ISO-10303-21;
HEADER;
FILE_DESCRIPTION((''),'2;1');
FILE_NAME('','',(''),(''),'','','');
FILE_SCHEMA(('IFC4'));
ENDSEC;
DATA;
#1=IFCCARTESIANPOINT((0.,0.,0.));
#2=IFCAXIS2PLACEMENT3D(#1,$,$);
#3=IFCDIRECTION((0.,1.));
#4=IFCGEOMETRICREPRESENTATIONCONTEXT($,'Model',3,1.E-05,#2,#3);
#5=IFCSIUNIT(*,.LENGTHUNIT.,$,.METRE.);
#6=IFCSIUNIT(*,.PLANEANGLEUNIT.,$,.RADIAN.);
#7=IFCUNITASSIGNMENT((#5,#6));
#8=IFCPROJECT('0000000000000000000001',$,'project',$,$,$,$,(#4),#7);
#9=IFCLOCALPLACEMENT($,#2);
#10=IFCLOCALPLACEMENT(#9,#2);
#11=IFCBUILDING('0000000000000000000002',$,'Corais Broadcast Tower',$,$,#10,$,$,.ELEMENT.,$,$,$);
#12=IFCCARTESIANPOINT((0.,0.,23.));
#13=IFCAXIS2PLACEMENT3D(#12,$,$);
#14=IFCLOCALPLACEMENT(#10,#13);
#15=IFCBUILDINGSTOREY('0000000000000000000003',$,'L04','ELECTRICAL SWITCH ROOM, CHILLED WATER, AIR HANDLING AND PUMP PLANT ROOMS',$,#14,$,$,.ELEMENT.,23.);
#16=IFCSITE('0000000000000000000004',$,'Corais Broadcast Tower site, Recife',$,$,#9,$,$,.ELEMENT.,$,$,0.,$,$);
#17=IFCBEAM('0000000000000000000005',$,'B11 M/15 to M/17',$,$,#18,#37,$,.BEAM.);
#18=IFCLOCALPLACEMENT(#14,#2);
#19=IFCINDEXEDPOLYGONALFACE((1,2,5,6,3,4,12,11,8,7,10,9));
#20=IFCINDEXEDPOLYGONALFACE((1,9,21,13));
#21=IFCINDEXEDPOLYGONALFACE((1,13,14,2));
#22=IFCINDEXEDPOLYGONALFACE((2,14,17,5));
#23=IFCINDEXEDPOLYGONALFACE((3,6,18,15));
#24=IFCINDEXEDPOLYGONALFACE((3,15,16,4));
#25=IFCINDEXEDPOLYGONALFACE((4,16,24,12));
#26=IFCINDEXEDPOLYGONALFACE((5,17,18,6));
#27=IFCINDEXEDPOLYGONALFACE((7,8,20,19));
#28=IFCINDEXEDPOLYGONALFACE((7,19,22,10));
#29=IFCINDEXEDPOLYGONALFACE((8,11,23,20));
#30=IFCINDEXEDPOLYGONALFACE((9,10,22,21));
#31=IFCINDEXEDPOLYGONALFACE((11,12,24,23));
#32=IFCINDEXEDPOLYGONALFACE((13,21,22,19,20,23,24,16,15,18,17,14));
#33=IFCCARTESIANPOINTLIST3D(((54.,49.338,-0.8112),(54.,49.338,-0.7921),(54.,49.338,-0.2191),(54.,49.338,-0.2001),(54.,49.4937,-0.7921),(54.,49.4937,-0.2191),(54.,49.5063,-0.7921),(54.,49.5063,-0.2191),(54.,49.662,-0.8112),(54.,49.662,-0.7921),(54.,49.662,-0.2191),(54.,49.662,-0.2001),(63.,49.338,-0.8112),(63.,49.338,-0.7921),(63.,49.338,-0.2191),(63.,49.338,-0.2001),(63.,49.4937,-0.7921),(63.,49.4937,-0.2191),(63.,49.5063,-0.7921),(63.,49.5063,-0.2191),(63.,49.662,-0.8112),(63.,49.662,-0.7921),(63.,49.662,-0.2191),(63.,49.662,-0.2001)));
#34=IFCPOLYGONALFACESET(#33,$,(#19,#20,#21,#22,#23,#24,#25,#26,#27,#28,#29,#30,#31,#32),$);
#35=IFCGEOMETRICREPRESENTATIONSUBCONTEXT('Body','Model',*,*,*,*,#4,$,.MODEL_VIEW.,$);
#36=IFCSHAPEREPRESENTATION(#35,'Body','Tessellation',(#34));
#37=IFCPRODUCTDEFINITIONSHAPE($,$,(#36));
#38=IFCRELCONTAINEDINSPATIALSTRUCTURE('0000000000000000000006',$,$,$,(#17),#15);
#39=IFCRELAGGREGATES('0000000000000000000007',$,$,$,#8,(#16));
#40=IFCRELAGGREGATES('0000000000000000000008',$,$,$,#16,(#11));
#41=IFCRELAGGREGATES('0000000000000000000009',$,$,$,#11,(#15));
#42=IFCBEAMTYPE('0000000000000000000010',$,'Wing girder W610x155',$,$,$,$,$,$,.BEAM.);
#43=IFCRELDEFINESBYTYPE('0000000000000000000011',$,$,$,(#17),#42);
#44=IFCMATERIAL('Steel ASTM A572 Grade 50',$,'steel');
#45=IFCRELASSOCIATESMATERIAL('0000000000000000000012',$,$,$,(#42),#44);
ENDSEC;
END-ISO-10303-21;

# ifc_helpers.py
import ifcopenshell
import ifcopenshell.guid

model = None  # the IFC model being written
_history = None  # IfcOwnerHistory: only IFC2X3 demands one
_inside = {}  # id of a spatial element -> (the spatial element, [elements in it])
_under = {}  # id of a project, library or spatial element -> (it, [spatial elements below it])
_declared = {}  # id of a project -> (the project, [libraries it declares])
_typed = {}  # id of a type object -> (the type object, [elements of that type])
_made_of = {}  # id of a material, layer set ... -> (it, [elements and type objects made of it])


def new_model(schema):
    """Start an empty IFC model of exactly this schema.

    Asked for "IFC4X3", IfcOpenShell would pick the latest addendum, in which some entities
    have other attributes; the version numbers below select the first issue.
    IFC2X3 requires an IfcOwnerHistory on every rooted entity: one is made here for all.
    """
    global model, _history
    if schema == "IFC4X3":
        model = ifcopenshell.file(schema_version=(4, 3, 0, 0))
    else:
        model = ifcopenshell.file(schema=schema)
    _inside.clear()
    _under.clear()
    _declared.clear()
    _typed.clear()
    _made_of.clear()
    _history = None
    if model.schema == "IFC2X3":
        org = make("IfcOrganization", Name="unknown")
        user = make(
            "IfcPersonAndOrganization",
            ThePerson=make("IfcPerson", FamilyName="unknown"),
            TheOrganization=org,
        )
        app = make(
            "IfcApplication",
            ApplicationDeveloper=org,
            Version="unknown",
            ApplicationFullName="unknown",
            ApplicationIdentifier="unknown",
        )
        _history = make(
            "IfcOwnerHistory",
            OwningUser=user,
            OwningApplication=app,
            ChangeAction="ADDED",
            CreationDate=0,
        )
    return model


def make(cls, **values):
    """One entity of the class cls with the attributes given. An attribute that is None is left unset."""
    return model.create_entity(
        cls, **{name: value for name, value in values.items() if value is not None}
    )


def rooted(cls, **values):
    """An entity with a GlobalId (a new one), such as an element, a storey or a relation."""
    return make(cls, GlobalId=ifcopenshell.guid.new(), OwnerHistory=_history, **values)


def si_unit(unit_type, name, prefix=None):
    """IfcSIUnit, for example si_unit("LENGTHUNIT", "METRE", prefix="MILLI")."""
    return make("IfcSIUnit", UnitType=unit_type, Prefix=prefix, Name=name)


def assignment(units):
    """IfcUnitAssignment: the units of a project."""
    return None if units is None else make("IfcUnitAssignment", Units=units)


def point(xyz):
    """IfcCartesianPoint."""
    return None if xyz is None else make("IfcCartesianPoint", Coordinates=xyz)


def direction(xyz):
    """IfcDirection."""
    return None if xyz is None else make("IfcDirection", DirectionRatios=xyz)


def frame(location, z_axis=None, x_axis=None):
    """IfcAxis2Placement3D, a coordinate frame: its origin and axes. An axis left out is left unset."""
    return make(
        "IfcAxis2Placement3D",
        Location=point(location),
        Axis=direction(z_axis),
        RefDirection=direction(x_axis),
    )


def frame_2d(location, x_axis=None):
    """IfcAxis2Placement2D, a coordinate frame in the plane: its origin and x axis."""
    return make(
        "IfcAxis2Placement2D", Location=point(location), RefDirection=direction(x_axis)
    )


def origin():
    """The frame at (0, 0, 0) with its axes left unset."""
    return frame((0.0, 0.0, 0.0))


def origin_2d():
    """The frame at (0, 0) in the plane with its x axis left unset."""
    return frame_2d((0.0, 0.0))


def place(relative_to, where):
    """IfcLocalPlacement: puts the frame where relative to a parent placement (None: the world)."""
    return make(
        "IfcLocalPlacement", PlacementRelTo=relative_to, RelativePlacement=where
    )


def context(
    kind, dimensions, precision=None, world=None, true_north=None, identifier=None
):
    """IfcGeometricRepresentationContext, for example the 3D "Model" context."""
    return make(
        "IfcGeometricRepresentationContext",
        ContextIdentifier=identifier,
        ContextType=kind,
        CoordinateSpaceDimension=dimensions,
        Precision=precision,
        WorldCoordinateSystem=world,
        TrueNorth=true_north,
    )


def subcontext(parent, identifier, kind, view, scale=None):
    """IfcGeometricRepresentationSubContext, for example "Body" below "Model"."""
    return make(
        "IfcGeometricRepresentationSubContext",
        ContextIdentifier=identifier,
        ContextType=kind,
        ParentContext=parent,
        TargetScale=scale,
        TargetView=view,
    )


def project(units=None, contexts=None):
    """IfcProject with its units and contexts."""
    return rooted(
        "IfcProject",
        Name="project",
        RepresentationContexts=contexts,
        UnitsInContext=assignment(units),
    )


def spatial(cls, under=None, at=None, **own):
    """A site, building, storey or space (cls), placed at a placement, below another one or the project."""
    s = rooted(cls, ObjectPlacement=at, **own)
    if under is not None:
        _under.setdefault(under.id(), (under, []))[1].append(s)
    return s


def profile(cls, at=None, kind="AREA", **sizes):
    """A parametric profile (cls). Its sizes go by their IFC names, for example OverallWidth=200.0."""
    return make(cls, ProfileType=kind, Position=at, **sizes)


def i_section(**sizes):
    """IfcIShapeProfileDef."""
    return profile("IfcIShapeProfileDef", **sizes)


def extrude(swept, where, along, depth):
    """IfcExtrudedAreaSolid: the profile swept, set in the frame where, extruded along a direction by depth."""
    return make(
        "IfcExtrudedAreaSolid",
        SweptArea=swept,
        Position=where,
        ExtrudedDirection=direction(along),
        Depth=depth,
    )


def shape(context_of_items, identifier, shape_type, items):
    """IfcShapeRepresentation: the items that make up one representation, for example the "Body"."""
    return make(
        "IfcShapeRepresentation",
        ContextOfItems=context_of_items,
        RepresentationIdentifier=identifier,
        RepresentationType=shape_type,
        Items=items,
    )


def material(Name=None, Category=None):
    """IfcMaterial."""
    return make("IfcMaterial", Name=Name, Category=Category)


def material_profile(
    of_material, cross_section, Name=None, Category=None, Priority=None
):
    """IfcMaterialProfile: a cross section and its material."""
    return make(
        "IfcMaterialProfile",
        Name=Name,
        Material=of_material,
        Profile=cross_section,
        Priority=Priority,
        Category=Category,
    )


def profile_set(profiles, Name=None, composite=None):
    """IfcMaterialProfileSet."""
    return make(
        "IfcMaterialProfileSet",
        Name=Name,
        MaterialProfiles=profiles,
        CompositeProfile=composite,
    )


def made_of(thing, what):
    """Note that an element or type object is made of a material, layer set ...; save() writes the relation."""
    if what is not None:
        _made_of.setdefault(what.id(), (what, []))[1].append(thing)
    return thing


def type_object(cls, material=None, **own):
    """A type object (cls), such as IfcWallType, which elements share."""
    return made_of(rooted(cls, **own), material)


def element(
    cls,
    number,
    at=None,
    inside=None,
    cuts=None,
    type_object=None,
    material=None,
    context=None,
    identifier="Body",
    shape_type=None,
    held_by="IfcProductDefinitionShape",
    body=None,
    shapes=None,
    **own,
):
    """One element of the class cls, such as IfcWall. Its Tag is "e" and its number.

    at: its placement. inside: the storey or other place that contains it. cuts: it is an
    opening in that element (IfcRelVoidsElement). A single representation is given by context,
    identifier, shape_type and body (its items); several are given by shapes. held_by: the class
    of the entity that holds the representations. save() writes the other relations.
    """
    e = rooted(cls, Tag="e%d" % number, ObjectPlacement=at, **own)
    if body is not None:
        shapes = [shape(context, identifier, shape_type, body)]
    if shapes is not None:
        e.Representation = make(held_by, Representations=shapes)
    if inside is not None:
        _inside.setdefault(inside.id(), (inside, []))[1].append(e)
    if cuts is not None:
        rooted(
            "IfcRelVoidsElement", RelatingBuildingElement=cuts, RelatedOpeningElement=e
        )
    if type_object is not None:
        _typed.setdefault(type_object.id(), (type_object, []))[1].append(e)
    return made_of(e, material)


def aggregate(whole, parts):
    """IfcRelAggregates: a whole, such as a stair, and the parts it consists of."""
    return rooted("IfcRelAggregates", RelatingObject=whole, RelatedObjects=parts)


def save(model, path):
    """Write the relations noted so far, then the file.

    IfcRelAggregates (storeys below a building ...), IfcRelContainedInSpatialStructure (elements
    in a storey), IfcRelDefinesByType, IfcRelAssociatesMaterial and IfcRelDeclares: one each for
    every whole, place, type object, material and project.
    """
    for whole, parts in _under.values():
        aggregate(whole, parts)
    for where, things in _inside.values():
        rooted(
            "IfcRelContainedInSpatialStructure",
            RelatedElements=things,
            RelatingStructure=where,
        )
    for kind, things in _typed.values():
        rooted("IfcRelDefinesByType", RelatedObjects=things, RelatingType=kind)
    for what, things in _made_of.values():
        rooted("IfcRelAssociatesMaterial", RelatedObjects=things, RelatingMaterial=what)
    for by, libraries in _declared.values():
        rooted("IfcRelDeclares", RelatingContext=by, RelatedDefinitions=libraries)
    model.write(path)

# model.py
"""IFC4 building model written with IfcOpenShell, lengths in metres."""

from ifc_helpers import new_model, si_unit, direction, frame, origin, origin_2d, place, context, subcontext, project, spatial, i_section, extrude, material, material_profile, profile_set, type_object, element, save


model = new_model("IFC4")

# Units and contexts
model_context = context("Model", 3, precision=1e-05, world=origin(), true_north=direction((0.0, 1.0)))
body_context = subcontext(model_context, "Body", "Model", "MODEL_VIEW")
ifc_project = project(units=[si_unit("LENGTHUNIT", "METRE"), si_unit("PLANEANGLEUNIT", "RADIAN")], contexts=[model_context])

# Site, building, storey
site_placement = place(None, origin())
site = spatial("IfcSite", under=ifc_project, at=site_placement, Name="Corais Broadcast Tower site, Recife", CompositionType="ELEMENT", RefElevation=0.0)
building_placement = place(site_placement, origin())
building = spatial("IfcBuilding", under=site, at=building_placement, Name="Corais Broadcast Tower", CompositionType="ELEMENT")
storey_placement = place(building_placement, frame((0.0, 0.0, 23.0)))
storey = spatial("IfcBuildingStorey", under=building, at=storey_placement, Name="L04", Description="ELECTRICAL SWITCH ROOM, CHILLED WATER, AIR HANDLING AND PUMP PLANT ROOMS", CompositionType="ELEMENT", Elevation=23.0)

# Beam
ifc_material_1 = material(Name="Steel ASTM A572 Grade 50", Category="steel")
ifc_material_profile_1 = material_profile(ifc_material_1, i_section(OverallWidth=0.324, OverallDepth=0.6111, WebThickness=0.0127, FlangeThickness=0.019, at=origin_2d()), Name="W610x155")
ifc_profile_set_1 = profile_set([ifc_material_profile_1], Name="Steel ASTM A572 Grade 50")
beam_type_1 = type_object("IfcBeamType", Name="Wing girder W610x155", PredefinedType="BEAM", material=ifc_profile_set_1)
for number, where, z_axis, x_axis, name in (
    (1, (54.0, 49.5, -0.5056), (1.0, 0.0, 0.0), (0.0, 1.0, 0.0), "B11 M/15 to M/17"),
):
    element("IfcBeam", number, at=place(storey_placement, frame(where, z_axis=z_axis, x_axis=x_axis)), inside=storey, type_object=beam_type_1, Name=name, PredefinedType="BEAM", context=body_context, shape_type="SweptSolid", body=[
        extrude(i_section(OverallWidth=0.324, OverallDepth=0.6111, WebThickness=0.0127, FlangeThickness=0.019, at=origin_2d()), origin(), (0.0, 0.0, 1.0), 9.0),
    ])

save(model, "model.ifc")
